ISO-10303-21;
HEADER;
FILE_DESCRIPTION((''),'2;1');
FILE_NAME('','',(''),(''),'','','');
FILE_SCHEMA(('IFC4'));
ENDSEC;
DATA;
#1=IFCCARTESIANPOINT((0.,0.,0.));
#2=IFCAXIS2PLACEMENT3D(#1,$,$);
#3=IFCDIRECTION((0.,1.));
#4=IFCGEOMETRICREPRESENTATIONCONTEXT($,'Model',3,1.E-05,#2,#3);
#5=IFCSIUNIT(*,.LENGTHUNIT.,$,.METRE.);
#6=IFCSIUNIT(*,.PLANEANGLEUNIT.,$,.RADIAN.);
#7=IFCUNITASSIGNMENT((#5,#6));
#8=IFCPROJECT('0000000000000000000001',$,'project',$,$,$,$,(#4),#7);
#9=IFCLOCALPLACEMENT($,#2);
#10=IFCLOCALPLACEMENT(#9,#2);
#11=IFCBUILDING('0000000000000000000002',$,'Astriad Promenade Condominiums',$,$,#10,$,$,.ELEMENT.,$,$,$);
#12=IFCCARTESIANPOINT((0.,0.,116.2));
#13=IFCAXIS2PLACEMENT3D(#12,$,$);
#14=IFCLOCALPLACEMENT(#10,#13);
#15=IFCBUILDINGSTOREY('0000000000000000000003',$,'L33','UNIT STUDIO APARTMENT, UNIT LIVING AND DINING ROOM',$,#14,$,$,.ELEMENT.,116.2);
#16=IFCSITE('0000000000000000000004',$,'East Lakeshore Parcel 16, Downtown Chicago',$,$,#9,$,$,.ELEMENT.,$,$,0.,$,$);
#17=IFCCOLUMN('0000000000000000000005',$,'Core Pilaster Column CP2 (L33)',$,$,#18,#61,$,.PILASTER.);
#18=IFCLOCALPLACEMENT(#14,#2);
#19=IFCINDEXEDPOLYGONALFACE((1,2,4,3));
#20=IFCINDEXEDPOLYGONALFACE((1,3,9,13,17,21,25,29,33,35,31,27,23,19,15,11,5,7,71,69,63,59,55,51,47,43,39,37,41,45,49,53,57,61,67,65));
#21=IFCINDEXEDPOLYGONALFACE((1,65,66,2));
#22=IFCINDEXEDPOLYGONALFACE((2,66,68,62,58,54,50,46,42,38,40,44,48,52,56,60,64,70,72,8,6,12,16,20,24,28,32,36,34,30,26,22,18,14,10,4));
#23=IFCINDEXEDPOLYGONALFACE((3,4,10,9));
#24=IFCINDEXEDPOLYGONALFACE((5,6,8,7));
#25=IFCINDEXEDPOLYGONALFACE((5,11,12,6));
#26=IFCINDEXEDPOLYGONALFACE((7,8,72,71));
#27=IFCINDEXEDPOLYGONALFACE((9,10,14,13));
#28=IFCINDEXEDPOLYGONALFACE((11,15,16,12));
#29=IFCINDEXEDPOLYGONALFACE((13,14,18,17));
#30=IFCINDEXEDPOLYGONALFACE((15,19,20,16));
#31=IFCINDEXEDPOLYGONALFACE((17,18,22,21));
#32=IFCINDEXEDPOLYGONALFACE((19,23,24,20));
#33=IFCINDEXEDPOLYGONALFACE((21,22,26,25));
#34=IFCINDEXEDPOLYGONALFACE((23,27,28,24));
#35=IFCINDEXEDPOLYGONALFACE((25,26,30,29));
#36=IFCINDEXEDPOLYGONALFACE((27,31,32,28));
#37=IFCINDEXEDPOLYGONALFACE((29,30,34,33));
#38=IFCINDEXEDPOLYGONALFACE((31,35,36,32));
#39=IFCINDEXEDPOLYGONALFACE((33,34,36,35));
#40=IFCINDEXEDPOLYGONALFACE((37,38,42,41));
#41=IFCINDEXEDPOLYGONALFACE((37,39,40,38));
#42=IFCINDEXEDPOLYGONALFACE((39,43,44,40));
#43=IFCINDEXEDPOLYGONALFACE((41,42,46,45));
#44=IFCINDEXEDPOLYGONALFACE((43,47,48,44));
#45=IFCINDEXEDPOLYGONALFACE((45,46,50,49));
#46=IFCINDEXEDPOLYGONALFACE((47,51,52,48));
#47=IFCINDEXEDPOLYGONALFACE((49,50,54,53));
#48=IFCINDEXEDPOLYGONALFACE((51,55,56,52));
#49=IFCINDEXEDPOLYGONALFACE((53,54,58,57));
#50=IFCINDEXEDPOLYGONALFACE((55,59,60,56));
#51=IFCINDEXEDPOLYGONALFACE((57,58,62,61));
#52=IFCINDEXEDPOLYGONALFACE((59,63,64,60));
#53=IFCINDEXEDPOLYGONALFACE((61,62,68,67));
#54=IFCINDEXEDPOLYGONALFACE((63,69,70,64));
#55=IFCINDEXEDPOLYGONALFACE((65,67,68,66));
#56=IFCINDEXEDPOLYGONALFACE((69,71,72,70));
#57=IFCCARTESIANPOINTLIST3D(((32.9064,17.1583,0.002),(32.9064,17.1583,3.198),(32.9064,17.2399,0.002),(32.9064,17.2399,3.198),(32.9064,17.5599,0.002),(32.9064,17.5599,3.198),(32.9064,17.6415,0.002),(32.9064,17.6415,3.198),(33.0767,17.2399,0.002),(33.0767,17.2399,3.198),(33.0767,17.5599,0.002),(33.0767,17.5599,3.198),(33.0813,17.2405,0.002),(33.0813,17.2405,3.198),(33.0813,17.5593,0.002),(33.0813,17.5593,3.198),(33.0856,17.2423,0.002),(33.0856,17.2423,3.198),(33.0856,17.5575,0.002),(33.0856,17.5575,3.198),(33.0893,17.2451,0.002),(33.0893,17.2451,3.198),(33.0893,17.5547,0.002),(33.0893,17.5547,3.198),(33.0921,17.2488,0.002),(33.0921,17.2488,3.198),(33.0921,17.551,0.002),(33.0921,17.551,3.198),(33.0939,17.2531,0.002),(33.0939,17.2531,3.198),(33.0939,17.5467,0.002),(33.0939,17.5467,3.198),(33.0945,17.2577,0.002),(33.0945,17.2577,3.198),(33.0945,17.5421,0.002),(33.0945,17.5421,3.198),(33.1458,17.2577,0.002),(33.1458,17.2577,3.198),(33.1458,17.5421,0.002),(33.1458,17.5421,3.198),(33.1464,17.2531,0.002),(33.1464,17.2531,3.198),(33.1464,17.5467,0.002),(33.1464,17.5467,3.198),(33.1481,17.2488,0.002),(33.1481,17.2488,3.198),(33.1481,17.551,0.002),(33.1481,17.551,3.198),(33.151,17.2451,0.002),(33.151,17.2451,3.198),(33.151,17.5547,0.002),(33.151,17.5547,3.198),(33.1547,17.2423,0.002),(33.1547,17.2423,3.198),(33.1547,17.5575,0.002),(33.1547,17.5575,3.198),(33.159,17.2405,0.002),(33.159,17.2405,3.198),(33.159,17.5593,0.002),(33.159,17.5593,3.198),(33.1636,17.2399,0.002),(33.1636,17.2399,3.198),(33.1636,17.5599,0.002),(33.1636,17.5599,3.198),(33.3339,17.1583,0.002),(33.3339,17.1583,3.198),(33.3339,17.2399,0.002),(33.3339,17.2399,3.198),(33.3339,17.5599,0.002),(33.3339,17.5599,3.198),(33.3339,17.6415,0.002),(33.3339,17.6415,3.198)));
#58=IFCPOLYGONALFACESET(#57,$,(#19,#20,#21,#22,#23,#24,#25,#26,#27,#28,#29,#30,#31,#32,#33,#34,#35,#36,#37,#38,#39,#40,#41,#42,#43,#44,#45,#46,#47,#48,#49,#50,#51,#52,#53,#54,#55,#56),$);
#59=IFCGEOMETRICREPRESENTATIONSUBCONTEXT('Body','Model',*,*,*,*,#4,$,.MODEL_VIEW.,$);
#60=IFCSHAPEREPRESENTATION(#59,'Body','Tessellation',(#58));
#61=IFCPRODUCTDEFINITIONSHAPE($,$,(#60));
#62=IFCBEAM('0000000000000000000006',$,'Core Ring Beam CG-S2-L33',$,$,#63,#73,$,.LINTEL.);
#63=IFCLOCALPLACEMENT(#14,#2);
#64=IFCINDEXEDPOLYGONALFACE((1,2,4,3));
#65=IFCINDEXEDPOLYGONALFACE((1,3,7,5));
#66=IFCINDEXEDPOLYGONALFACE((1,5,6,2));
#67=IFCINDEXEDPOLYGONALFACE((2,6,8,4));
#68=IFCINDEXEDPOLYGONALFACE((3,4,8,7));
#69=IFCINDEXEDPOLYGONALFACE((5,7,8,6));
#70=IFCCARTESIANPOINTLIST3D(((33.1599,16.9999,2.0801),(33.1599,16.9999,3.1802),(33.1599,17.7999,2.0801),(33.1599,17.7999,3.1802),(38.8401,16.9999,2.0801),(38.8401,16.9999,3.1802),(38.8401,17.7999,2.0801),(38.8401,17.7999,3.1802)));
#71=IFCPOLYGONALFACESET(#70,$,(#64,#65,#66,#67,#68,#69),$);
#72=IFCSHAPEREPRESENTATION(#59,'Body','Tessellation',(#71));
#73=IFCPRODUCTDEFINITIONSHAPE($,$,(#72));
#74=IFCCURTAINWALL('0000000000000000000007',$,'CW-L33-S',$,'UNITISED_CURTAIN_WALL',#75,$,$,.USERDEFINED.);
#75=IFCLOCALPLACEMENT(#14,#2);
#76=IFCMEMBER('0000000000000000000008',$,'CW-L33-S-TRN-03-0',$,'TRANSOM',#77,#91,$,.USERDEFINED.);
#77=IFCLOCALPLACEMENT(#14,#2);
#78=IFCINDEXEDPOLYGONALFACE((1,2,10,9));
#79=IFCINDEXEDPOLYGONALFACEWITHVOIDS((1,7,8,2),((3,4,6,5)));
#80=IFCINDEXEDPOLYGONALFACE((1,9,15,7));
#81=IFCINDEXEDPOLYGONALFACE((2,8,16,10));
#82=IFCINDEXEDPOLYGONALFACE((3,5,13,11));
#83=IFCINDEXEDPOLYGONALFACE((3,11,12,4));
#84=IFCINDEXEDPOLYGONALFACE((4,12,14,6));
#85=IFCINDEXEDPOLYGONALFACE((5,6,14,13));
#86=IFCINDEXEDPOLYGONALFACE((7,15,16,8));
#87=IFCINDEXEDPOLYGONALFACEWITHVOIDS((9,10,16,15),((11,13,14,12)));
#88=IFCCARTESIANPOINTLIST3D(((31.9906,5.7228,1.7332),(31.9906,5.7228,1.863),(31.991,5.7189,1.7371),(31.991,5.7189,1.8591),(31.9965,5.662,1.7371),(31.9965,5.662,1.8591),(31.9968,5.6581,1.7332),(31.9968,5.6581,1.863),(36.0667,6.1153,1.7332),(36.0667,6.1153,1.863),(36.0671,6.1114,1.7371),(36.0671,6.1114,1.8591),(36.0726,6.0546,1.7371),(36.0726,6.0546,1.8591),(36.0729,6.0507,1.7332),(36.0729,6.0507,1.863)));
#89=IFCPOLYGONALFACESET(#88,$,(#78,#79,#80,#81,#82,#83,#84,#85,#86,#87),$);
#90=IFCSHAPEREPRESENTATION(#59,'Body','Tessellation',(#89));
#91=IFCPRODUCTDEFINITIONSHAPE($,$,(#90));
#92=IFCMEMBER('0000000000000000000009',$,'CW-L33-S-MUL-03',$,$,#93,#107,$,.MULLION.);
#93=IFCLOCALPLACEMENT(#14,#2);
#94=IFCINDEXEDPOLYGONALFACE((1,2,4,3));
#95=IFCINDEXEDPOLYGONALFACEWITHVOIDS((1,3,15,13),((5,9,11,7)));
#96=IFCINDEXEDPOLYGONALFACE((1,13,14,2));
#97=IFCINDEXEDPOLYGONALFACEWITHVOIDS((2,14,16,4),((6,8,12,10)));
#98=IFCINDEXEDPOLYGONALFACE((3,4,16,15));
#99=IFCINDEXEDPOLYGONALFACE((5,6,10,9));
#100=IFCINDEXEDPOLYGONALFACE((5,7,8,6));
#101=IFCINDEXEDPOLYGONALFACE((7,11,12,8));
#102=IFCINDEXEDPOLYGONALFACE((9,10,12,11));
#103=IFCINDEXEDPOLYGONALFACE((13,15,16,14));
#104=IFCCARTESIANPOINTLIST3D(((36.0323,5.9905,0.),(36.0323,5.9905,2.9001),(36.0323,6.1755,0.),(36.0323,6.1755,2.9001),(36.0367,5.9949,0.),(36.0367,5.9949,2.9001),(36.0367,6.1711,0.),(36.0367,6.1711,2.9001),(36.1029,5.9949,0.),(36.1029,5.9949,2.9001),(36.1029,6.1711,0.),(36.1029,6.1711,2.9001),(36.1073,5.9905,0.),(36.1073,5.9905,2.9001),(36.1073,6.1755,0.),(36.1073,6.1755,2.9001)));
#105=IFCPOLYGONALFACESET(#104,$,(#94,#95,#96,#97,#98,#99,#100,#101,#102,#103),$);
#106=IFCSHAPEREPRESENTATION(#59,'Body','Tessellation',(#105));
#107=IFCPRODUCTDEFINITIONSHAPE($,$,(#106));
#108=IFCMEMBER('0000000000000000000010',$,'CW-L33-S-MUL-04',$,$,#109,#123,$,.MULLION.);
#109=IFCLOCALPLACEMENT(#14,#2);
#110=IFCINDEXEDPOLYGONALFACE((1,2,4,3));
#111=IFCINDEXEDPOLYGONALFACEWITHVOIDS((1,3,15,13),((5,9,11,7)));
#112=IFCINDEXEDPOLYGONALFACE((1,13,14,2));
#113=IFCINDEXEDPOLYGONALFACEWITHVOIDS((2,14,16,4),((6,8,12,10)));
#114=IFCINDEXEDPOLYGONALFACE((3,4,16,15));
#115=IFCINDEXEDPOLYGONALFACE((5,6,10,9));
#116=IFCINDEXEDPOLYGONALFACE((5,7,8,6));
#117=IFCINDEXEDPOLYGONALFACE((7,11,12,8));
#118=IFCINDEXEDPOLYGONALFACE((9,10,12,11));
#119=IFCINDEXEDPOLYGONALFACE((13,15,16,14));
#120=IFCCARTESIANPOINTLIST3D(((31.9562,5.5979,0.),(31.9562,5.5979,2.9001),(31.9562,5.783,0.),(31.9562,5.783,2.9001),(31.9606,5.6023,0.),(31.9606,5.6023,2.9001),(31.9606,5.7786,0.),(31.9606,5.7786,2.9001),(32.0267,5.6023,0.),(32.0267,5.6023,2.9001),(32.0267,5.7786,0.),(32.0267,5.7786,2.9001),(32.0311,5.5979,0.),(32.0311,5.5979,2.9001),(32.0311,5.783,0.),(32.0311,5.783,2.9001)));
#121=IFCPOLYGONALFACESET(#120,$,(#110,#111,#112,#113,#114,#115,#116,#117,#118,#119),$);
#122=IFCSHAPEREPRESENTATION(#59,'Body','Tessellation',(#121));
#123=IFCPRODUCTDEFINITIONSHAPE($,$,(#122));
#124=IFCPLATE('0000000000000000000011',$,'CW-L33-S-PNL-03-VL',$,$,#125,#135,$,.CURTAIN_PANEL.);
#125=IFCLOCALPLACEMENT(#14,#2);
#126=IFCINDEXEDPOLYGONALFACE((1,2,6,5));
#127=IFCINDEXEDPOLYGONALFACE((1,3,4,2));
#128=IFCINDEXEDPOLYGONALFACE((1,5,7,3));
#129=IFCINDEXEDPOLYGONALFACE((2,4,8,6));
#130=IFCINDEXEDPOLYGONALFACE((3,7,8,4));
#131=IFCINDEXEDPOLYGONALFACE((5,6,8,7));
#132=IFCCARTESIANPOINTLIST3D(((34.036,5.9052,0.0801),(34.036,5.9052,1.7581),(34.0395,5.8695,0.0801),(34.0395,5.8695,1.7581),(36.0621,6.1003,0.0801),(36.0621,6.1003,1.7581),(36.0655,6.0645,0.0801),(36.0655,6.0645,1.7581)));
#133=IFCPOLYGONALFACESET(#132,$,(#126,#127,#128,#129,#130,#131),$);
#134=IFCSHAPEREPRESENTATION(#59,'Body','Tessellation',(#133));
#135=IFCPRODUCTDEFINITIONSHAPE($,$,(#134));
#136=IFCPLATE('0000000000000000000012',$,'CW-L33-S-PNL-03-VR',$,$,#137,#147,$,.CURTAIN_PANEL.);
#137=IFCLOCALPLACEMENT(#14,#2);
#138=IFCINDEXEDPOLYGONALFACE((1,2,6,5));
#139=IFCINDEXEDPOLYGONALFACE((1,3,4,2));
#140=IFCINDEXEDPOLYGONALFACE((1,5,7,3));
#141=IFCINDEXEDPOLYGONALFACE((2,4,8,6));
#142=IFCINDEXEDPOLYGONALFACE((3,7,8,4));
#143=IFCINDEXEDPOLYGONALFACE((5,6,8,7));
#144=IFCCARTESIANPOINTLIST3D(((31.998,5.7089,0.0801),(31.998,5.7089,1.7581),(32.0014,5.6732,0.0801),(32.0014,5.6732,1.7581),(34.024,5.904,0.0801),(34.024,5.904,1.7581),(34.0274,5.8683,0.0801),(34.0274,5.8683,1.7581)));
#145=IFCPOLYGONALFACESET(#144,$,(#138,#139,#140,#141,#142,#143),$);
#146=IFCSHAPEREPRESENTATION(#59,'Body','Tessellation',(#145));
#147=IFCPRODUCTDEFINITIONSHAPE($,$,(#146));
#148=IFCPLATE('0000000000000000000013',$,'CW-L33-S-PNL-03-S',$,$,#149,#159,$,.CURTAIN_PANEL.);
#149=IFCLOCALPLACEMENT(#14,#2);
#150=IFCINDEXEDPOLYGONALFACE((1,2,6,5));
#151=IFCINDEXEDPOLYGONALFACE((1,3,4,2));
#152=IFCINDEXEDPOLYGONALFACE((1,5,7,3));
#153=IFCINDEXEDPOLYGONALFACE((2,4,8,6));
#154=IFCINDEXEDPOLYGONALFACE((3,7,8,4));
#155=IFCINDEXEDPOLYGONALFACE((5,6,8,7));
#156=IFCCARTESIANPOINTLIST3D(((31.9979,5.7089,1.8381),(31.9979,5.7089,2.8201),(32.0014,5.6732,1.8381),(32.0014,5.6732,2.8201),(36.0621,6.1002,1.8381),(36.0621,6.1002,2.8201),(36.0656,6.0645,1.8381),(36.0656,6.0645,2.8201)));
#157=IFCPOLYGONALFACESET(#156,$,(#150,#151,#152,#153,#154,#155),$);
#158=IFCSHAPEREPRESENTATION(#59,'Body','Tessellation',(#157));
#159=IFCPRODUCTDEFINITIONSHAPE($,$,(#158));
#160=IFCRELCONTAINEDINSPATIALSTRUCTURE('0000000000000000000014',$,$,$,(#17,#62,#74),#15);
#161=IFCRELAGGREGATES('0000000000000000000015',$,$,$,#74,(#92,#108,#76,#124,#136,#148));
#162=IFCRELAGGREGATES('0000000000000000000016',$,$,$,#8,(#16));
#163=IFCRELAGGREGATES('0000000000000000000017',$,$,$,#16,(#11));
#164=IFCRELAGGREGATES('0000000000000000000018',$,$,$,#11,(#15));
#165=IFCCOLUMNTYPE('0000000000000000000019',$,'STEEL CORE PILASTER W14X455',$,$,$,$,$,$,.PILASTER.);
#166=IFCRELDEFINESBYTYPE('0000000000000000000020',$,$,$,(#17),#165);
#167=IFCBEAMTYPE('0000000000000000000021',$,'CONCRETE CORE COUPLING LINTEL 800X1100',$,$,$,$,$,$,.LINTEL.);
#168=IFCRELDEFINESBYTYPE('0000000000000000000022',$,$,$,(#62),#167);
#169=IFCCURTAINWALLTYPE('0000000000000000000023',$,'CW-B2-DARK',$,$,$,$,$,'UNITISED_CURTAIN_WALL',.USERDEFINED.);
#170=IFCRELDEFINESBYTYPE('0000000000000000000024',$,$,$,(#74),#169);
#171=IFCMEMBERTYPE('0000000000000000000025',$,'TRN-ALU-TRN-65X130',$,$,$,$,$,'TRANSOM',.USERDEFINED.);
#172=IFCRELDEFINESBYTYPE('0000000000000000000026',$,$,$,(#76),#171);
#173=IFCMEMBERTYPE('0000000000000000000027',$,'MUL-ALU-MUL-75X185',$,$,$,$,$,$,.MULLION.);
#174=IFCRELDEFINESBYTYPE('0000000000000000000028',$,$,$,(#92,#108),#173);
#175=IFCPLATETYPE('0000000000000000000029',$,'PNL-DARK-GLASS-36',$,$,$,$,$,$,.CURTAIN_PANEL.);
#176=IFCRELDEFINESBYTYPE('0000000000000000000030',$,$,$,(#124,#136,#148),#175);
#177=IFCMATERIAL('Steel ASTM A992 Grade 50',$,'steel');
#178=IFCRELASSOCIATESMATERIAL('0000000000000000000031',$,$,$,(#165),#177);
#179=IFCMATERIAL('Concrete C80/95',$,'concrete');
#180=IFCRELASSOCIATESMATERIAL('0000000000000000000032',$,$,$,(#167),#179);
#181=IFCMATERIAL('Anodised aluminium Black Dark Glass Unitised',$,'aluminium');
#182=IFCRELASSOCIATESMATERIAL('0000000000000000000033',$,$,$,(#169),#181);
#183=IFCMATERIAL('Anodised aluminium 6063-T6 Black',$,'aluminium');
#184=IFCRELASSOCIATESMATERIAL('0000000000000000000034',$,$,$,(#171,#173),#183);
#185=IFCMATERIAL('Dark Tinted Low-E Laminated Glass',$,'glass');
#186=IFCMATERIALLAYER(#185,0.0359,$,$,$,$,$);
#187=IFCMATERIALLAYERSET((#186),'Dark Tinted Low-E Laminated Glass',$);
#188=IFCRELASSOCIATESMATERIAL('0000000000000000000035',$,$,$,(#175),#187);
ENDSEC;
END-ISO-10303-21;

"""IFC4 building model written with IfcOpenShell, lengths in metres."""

from ifc_helpers import new_model, si_unit, direction, frame, origin, origin_2d, place, context, subcontext, project, spatial, rectangle, hollow_rectangle, i_section, extrude, source, transform, mapped, material, layer, layer_set, material_profile, profile_set, type_object, type_shapes, element, aggregate, save


model = new_model("IFC4")

# Units and contexts
model_context = context("Model", 3, precision=1e-05, world=origin(), true_north=direction((0.0, 1.0)))
body_context = subcontext(model_context, "Body", "Model", "MODEL_VIEW")
ifc_project = project(units=[si_unit("LENGTHUNIT", "METRE"), si_unit("PLANEANGLEUNIT", "RADIAN")], contexts=[model_context])

# Site, building, storey
site_placement = place(None, origin())
site = spatial("IfcSite", under=ifc_project, at=site_placement, Name="East Lakeshore Parcel 16, Downtown Chicago", CompositionType="ELEMENT", RefElevation=0.0)
building_placement = place(site_placement, origin())
building = spatial("IfcBuilding", under=site, at=building_placement, Name="Astriad Promenade Condominiums", CompositionType="ELEMENT")
storey_placement = place(building_placement, frame((0.0, 0.0, 116.2)))
storey = spatial("IfcBuildingStorey", under=building, at=storey_placement, Name="L33", Description="UNIT STUDIO APARTMENT, UNIT LIVING AND DINING ROOM", CompositionType="ELEMENT", Elevation=116.2)

# Column
ifc_material_1 = material(Name="Steel ASTM A992 Grade 50", Category="steel")
ifc_material_profile_1 = material_profile(ifc_material_1, i_section(OverallWidth=0.4275, OverallDepth=0.4832, WebThickness=0.0513, FlangeThickness=0.0815, FilletRadius=0.0178, at=origin_2d()), Name="W14X455")
ifc_profile_set_1 = profile_set([ifc_material_profile_1], Name="Steel ASTM A992 Grade 50")
column_type = type_object("IfcColumnType", Name="STEEL CORE PILASTER W14X455", PredefinedType="PILASTER", material=ifc_profile_set_1)
shared_shape_1 = source(origin(), body_context, "Body", "SweptSolid", [
    extrude(i_section(OverallWidth=0.4275, OverallDepth=0.4832, WebThickness=0.0513, FlangeThickness=0.0815, FilletRadius=0.0178, at=origin_2d()), origin(), (0.0, 0.0, 1.0), 3.196),
])
type_shapes(column_type, [shared_shape_1])
column_placement = place(storey_placement, frame((33.1201, 17.3999, 0.002), z_axis=(0.0, 0.0, 1.0), x_axis=(1.0, 0.0, 0.0)))
element("IfcColumn", 1, at=column_placement, inside=storey, type_object=column_type, Name="Core Pilaster Column CP2 (L33)", PredefinedType="PILASTER", context=body_context, shape_type="MappedRepresentation", body=[
    mapped(shared_shape_1, transform((0.0, 0.0, 0.0), scale=1.0)),
])

# Beam
ifc_material_2 = material(Name="Concrete C80/95", Category="concrete")
ifc_material_profile_2 = material_profile(ifc_material_2, rectangle(XDim=0.8, YDim=1.1001, at=origin_2d()), Name="RC-BM-800X1100")
ifc_profile_set_2 = profile_set([ifc_material_profile_2], Name="Concrete C80/95")
beam_type = type_object("IfcBeamType", Name="CONCRETE CORE COUPLING LINTEL 800X1100", PredefinedType="LINTEL", material=ifc_profile_set_2)
shared_shape_2 = source(origin(), body_context, "Body", "SweptSolid", [
    extrude(rectangle(XDim=0.8, YDim=1.1001, at=origin_2d()), origin(), (0.0, 0.0, 1.0), 5.6802),
])
type_shapes(beam_type, [shared_shape_2])
beam_placement = place(storey_placement, frame((33.1599, 17.3999, 2.6301), z_axis=(1.0, 0.0, 0.0), x_axis=(0.0, 1.0, 0.0)))
element("IfcBeam", 2, at=beam_placement, inside=storey, type_object=beam_type, Name="Core Ring Beam CG-S2-L33", PredefinedType="LINTEL", context=body_context, shape_type="MappedRepresentation", body=[
    mapped(shared_shape_2, transform((0.0, 0.0, 0.0), scale=1.0)),
])

# Curtain wall, members, plates
ifc_material_3 = material(Name="Anodised aluminium Black Dark Glass Unitised", Category="aluminium")
curtain_wall_type = type_object("IfcCurtainWallType", Name="CW-B2-DARK", ElementType="UNITISED_CURTAIN_WALL", PredefinedType="USERDEFINED", material=ifc_material_3)
curtain_wall_placement = place(storey_placement, origin())
curtain_wall = element("IfcCurtainWall", 3, at=curtain_wall_placement, inside=storey, type_object=curtain_wall_type, Name="CW-L33-S", ObjectType="UNITISED_CURTAIN_WALL", PredefinedType="USERDEFINED")
ifc_material_4 = material(Name="Anodised aluminium 6063-T6 Black", Category="aluminium")
ifc_material_profile_3 = material_profile(ifc_material_4, hollow_rectangle(XDim=0.0649, YDim=0.1299, WallThickness=0.0039, at=origin_2d()), Name="ALU-TRN-65X130")
ifc_profile_set_3 = profile_set([ifc_material_profile_3], Name="Anodised aluminium 6063-T6 Black")
member_type_1 = type_object("IfcMemberType", Name="TRN-ALU-TRN-65X130", ElementType="TRANSOM", PredefinedType="USERDEFINED", material=ifc_profile_set_3)
shared_shape_3 = source(origin(), body_context, "Body", "SweptSolid", [
    extrude(hollow_rectangle(XDim=0.0649, YDim=0.1299, WallThickness=0.0039, at=origin_2d()), origin(), (0.0, 0.0, 1.0), 4.095),
])
type_shapes(member_type_1, [shared_shape_3])
member_1_placement = place(storey_placement, frame((36.0698, 6.083, 1.7981), z_axis=(-0.995394, -0.095867, 0.0), x_axis=(0.095867, -0.995394, 0.0)))
member_1 = element("IfcMember", 4, at=member_1_placement, type_object=member_type_1, Name="CW-L33-S-TRN-03-0", ObjectType="TRANSOM", PredefinedType="USERDEFINED", context=body_context, shape_type="MappedRepresentation", body=[
    mapped(shared_shape_3, transform((0.0, 0.0, 0.0), scale=1.0)),
])
ifc_material_profile_4 = material_profile(ifc_material_4, hollow_rectangle(XDim=0.075, YDim=0.1851, WallThickness=0.0044, at=origin_2d()), Name="ALU-MUL-75X185")
ifc_profile_set_4 = profile_set([ifc_material_profile_4], Name="Anodised aluminium 6063-T6 Black")
member_type_2 = type_object("IfcMemberType", Name="MUL-ALU-MUL-75X185", PredefinedType="MULLION", material=ifc_profile_set_4)
shared_shape_4 = source(origin(), body_context, "Body", "SweptSolid", [
    extrude(hollow_rectangle(XDim=0.075, YDim=0.1851, WallThickness=0.0044, at=origin_2d()), origin(), (0.0, 0.0, 1.0), 2.9001),
])
type_shapes(member_type_2, [shared_shape_4])
member_2_placement = place(storey_placement, frame((36.0698, 6.083, 0.0), z_axis=(0.0, 0.0, 1.0), x_axis=(1.0, 0.0, 0.0)))
member_2 = element("IfcMember", 5, at=member_2_placement, type_object=member_type_2, Name="CW-L33-S-MUL-03", PredefinedType="MULLION", context=body_context, shape_type="MappedRepresentation", body=[
    mapped(shared_shape_4, transform((0.0, 0.0, 0.0), scale=1.0)),
])
member_3_placement = place(storey_placement, frame((31.9937, 5.6904, 0.0), z_axis=(0.0, 0.0, 1.0), x_axis=(1.0, 0.0, 0.0)))
member_3 = element("IfcMember", 6, at=member_3_placement, type_object=member_type_2, Name="CW-L33-S-MUL-04", PredefinedType="MULLION", context=body_context, shape_type="MappedRepresentation", body=[
    mapped(shared_shape_4, transform((0.0, 0.0, 0.0), scale=1.0)),
])
ifc_material_5 = material(Name="Dark Tinted Low-E Laminated Glass", Category="glass")
ifc_layer_1 = layer(ifc_material_5, 0.0359)
ifc_layer_set_1 = layer_set([ifc_layer_1], Name="Dark Tinted Low-E Laminated Glass")
plate_type = type_object("IfcPlateType", Name="PNL-DARK-GLASS-36", PredefinedType="CURTAIN_PANEL", material=ifc_layer_set_1)
shared_shape_5 = source(origin(), body_context, "Body", "SweptSolid", [
    extrude(rectangle(XDim=2.0354, YDim=0.0359, at=origin_2d()), origin(), (0.0, 0.0, 1.0), 1.678),
])
plate_1_placement = place(storey_placement, frame((35.0508, 5.9849, 0.0801), z_axis=(0.0, 0.0, 1.0), x_axis=(-0.995396, -0.095846, 0.0)))
plate_1 = element("IfcPlate", 7, at=plate_1_placement, type_object=plate_type, Name="CW-L33-S-PNL-03-VL", PredefinedType="CURTAIN_PANEL", context=body_context, shape_type="MappedRepresentation", body=[
    mapped(shared_shape_5, transform((0.0, 0.0, 0.0), scale=1.0)),
])
plate_2_placement = place(storey_placement, frame((33.0127, 5.7886, 0.0801), z_axis=(0.0, 0.0, 1.0), x_axis=(-0.995396, -0.095846, 0.0)))
plate_2 = element("IfcPlate", 8, at=plate_2_placement, type_object=plate_type, Name="CW-L33-S-PNL-03-VR", PredefinedType="CURTAIN_PANEL", context=body_context, shape_type="MappedRepresentation", body=[
    mapped(shared_shape_5, transform((0.0, 0.0, 0.0), scale=1.0)),
])
shared_shape_6 = source(origin(), body_context, "Body", "SweptSolid", [
    extrude(rectangle(XDim=4.083, YDim=0.0359, at=origin_2d()), origin(), (0.0, 0.0, 1.0), 0.9819),
])
type_shapes(plate_type, [shared_shape_5, shared_shape_6])
plate_3_placement = place(storey_placement, frame((34.0317, 5.8867, 1.8381), z_axis=(0.0, 0.0, 1.0), x_axis=(-0.995396, -0.095846, 0.0)))
plate_3 = element("IfcPlate", 9, at=plate_3_placement, type_object=plate_type, Name="CW-L33-S-PNL-03-S", PredefinedType="CURTAIN_PANEL", context=body_context, shape_type="MappedRepresentation", body=[
    mapped(shared_shape_6, transform((0.0, 0.0, 0.0), scale=1.0)),
])
aggregate(curtain_wall, [member_2, member_3, member_1, plate_1, plate_2, plate_3])

save(model, "model.ifc")
